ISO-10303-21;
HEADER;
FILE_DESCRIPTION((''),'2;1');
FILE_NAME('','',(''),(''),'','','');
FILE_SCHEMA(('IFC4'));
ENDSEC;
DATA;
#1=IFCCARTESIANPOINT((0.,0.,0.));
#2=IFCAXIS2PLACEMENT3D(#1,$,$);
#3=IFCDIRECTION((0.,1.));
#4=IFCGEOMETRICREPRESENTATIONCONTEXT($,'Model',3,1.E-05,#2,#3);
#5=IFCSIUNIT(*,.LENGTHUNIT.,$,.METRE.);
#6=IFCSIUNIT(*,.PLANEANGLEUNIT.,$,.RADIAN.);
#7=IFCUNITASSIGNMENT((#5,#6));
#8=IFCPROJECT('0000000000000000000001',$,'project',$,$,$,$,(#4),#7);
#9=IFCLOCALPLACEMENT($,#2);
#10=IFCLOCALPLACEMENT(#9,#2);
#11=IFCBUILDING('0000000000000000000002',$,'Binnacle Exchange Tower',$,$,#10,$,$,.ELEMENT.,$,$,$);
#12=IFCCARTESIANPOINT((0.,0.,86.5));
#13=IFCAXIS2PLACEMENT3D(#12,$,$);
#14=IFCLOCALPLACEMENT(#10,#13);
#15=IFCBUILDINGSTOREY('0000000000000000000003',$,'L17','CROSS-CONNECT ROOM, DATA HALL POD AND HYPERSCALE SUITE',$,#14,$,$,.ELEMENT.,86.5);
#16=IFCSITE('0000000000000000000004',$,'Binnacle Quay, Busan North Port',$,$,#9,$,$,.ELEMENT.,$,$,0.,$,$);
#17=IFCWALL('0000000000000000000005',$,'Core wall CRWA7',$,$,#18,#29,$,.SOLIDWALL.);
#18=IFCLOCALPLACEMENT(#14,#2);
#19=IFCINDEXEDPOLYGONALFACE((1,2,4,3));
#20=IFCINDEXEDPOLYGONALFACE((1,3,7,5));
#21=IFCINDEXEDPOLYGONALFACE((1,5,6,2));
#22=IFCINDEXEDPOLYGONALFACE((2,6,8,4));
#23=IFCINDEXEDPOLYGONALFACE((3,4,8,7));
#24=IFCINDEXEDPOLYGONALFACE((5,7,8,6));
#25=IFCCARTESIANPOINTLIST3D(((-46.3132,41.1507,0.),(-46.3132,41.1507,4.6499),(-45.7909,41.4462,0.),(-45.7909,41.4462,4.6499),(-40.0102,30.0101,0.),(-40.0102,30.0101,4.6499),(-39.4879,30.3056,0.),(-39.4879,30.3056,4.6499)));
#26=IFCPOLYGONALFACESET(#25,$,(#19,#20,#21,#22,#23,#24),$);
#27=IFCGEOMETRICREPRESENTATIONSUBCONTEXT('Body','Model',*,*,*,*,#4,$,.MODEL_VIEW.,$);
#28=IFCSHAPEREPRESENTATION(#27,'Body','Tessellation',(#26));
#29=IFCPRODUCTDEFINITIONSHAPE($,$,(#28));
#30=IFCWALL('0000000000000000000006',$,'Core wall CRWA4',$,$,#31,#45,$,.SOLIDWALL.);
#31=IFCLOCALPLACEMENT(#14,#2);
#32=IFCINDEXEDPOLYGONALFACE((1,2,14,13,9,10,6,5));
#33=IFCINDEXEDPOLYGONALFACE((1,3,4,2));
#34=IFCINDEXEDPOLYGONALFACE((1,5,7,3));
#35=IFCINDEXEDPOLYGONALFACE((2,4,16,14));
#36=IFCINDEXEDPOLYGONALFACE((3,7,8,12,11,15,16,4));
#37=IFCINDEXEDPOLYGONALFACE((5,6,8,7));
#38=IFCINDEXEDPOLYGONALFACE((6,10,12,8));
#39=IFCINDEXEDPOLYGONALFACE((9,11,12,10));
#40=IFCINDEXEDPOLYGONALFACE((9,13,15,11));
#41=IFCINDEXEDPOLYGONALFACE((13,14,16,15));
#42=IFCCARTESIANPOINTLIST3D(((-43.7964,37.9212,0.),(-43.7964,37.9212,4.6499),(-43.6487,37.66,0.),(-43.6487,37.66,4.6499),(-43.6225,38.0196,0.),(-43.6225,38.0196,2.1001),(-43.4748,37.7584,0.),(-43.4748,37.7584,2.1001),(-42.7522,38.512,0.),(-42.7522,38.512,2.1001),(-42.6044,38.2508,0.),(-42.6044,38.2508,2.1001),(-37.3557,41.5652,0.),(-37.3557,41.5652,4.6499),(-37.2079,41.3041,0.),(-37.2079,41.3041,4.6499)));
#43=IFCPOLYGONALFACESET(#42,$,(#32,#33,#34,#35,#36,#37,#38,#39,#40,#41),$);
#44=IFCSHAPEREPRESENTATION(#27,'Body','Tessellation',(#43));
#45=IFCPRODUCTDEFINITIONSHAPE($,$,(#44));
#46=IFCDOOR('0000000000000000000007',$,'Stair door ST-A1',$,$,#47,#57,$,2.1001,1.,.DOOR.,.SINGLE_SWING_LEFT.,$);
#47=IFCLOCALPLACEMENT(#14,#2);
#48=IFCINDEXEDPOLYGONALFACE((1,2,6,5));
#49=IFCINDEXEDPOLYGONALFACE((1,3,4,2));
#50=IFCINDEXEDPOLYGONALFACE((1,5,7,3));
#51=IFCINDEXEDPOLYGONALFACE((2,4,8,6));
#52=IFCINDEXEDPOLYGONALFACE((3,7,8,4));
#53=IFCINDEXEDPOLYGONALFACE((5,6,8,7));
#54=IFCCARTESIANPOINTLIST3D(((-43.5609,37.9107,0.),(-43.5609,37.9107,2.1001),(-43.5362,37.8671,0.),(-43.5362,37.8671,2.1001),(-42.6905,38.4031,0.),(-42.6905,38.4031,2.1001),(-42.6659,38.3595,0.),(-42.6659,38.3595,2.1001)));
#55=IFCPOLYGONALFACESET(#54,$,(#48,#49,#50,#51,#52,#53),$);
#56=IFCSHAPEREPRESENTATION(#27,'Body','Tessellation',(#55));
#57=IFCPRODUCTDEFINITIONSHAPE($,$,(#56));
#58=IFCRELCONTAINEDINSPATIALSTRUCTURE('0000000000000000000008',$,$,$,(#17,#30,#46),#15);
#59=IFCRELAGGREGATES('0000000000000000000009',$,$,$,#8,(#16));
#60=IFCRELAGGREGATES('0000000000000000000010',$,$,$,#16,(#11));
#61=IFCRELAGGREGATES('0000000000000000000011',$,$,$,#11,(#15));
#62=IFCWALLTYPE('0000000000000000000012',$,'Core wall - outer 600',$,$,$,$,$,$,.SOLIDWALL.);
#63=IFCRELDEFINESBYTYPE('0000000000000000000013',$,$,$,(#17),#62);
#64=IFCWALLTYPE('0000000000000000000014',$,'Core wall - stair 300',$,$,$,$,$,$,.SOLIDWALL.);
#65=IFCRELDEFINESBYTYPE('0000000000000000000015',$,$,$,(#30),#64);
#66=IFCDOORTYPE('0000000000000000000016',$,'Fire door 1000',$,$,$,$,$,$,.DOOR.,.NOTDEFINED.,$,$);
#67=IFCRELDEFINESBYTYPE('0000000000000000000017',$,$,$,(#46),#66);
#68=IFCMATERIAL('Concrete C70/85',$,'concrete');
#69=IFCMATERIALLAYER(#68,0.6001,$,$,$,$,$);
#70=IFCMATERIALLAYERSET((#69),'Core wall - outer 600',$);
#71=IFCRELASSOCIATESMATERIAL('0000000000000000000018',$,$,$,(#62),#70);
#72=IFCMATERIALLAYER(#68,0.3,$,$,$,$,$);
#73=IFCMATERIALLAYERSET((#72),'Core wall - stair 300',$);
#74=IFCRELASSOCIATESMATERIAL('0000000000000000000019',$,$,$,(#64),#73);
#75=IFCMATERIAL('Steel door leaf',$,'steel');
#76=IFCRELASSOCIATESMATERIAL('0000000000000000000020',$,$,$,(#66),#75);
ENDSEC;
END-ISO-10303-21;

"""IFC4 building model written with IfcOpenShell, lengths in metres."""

from ifc_helpers import new_model, si_unit, direction, frame, frame_2d, origin, place, context, subcontext, project, spatial, rectangle, extrude, material, layer, layer_set, type_object, element, fill, save


model = new_model("IFC4")

# Units and contexts
model_context = context("Model", 3, precision=1e-05, world=origin(), true_north=direction((0.0, 1.0)))
body_context = subcontext(model_context, "Body", "Model", "MODEL_VIEW")
ifc_project = project(units=[si_unit("LENGTHUNIT", "METRE"), si_unit("PLANEANGLEUNIT", "RADIAN")], contexts=[model_context])

# Site, building, storey
site_placement = place(None, origin())
site = spatial("IfcSite", under=ifc_project, at=site_placement, Name="Binnacle Quay, Busan North Port", CompositionType="ELEMENT", RefElevation=0.0)
building_placement = place(site_placement, origin())
building = spatial("IfcBuilding", under=site, at=building_placement, Name="Binnacle Exchange Tower", CompositionType="ELEMENT")
storey_placement = place(building_placement, frame((0.0, 0.0, 86.5)))
storey = spatial("IfcBuildingStorey", under=building, at=storey_placement, Name="L17", Description="CROSS-CONNECT ROOM, DATA HALL POD AND HYPERSCALE SUITE", CompositionType="ELEMENT", Elevation=86.5)

# Shared definitions
ifc_material_1 = material(Name="Concrete C70/85", Category="concrete")

# Wall
ifc_layer_1 = layer(ifc_material_1, 0.6001)
ifc_layer_set_1 = layer_set([ifc_layer_1], Name="Core wall - outer 600")
wall_type_1 = type_object("IfcWallType", Name="Core wall - outer 600", PredefinedType="SOLIDWALL", material=ifc_layer_set_1)
wall_1_placement = place(storey_placement, frame((-46.052, 41.2983, 0.0), z_axis=(0.0, 0.0, 1.0), x_axis=(0.492419, -0.870359, 0.0)))
element("IfcWall", 1, at=wall_1_placement, inside=storey, type_object=wall_type_1, Name="Core wall CRWA7", PredefinedType="SOLIDWALL", context=body_context, shape_type="SweptSolid", body=[
    extrude(rectangle(XDim=12.8, YDim=0.6001, at=frame_2d((6.3999, 0.0))), origin(), (0.0, 0.0, 1.0), 4.6499),
])

# Wall, opening, door
ifc_layer_2 = layer(ifc_material_1, 0.3)
ifc_layer_set_2 = layer_set([ifc_layer_2], Name="Core wall - stair 300")
wall_type_2 = type_object("IfcWallType", Name="Core wall - stair 300", PredefinedType="SOLIDWALL", material=ifc_layer_set_2)
wall_2_placement = place(storey_placement, frame((-43.7227, 37.7905, 0.0), z_axis=(0.0, 0.0, 1.0), x_axis=(0.870351, 0.492432, 0.0)))
wall_2 = element("IfcWall", 2, at=wall_2_placement, inside=storey, type_object=wall_type_2, Name="Core wall CRWA4", PredefinedType="SOLIDWALL", context=body_context, shape_type="SweptSolid", body=[
    extrude(rectangle(XDim=7.4001, YDim=0.3, at=frame_2d((3.7002, 0.0))), origin(), (0.0, 0.0, 1.0), 4.6499),
])
opening_1_placement = place(wall_2_placement, frame((0.2, 0.0, 0.0)))
opening_1 = element("IfcOpeningElement", 3, at=opening_1_placement, cuts=wall_2, PredefinedType="OPENING", context=body_context, shape_type="SweptSolid", body=[
    extrude(rectangle(XDim=1.0, YDim=2.1001, at=frame_2d((0.5, 1.05))), frame((0.0, 0.1599, 0.0), z_axis=(0.0, -1.0, 0.0), x_axis=(1.0, 0.0, 0.0)), (0.0, 0.0, 1.0), 0.3201),
])
ifc_material_2 = material(Name="Steel door leaf", Category="steel")
door_type = type_object("IfcDoorType", Name="Fire door 1000", OperationType="NOTDEFINED", PredefinedType="DOOR", material=ifc_material_2)
door_placement = place(opening_1_placement, origin())
door = element("IfcDoor", 4, at=door_placement, inside=storey, type_object=door_type, Name="Stair door ST-A1", OperationType="SINGLE_SWING_LEFT", OverallHeight=2.1001, OverallWidth=1.0, PredefinedType="DOOR", context=body_context, shape_type="SweptSolid", body=[
    extrude(rectangle(XDim=1.0, YDim=2.1001, at=frame_2d((0.5, 1.05))), frame((0.0, 0.0249, 0.0), z_axis=(0.0, -1.0, 0.0), x_axis=(1.0, 0.0, 0.0)), (0.0, 0.0, 1.0), 0.05),
])
fill(opening_1, door)

save(model, "model.ifc")
